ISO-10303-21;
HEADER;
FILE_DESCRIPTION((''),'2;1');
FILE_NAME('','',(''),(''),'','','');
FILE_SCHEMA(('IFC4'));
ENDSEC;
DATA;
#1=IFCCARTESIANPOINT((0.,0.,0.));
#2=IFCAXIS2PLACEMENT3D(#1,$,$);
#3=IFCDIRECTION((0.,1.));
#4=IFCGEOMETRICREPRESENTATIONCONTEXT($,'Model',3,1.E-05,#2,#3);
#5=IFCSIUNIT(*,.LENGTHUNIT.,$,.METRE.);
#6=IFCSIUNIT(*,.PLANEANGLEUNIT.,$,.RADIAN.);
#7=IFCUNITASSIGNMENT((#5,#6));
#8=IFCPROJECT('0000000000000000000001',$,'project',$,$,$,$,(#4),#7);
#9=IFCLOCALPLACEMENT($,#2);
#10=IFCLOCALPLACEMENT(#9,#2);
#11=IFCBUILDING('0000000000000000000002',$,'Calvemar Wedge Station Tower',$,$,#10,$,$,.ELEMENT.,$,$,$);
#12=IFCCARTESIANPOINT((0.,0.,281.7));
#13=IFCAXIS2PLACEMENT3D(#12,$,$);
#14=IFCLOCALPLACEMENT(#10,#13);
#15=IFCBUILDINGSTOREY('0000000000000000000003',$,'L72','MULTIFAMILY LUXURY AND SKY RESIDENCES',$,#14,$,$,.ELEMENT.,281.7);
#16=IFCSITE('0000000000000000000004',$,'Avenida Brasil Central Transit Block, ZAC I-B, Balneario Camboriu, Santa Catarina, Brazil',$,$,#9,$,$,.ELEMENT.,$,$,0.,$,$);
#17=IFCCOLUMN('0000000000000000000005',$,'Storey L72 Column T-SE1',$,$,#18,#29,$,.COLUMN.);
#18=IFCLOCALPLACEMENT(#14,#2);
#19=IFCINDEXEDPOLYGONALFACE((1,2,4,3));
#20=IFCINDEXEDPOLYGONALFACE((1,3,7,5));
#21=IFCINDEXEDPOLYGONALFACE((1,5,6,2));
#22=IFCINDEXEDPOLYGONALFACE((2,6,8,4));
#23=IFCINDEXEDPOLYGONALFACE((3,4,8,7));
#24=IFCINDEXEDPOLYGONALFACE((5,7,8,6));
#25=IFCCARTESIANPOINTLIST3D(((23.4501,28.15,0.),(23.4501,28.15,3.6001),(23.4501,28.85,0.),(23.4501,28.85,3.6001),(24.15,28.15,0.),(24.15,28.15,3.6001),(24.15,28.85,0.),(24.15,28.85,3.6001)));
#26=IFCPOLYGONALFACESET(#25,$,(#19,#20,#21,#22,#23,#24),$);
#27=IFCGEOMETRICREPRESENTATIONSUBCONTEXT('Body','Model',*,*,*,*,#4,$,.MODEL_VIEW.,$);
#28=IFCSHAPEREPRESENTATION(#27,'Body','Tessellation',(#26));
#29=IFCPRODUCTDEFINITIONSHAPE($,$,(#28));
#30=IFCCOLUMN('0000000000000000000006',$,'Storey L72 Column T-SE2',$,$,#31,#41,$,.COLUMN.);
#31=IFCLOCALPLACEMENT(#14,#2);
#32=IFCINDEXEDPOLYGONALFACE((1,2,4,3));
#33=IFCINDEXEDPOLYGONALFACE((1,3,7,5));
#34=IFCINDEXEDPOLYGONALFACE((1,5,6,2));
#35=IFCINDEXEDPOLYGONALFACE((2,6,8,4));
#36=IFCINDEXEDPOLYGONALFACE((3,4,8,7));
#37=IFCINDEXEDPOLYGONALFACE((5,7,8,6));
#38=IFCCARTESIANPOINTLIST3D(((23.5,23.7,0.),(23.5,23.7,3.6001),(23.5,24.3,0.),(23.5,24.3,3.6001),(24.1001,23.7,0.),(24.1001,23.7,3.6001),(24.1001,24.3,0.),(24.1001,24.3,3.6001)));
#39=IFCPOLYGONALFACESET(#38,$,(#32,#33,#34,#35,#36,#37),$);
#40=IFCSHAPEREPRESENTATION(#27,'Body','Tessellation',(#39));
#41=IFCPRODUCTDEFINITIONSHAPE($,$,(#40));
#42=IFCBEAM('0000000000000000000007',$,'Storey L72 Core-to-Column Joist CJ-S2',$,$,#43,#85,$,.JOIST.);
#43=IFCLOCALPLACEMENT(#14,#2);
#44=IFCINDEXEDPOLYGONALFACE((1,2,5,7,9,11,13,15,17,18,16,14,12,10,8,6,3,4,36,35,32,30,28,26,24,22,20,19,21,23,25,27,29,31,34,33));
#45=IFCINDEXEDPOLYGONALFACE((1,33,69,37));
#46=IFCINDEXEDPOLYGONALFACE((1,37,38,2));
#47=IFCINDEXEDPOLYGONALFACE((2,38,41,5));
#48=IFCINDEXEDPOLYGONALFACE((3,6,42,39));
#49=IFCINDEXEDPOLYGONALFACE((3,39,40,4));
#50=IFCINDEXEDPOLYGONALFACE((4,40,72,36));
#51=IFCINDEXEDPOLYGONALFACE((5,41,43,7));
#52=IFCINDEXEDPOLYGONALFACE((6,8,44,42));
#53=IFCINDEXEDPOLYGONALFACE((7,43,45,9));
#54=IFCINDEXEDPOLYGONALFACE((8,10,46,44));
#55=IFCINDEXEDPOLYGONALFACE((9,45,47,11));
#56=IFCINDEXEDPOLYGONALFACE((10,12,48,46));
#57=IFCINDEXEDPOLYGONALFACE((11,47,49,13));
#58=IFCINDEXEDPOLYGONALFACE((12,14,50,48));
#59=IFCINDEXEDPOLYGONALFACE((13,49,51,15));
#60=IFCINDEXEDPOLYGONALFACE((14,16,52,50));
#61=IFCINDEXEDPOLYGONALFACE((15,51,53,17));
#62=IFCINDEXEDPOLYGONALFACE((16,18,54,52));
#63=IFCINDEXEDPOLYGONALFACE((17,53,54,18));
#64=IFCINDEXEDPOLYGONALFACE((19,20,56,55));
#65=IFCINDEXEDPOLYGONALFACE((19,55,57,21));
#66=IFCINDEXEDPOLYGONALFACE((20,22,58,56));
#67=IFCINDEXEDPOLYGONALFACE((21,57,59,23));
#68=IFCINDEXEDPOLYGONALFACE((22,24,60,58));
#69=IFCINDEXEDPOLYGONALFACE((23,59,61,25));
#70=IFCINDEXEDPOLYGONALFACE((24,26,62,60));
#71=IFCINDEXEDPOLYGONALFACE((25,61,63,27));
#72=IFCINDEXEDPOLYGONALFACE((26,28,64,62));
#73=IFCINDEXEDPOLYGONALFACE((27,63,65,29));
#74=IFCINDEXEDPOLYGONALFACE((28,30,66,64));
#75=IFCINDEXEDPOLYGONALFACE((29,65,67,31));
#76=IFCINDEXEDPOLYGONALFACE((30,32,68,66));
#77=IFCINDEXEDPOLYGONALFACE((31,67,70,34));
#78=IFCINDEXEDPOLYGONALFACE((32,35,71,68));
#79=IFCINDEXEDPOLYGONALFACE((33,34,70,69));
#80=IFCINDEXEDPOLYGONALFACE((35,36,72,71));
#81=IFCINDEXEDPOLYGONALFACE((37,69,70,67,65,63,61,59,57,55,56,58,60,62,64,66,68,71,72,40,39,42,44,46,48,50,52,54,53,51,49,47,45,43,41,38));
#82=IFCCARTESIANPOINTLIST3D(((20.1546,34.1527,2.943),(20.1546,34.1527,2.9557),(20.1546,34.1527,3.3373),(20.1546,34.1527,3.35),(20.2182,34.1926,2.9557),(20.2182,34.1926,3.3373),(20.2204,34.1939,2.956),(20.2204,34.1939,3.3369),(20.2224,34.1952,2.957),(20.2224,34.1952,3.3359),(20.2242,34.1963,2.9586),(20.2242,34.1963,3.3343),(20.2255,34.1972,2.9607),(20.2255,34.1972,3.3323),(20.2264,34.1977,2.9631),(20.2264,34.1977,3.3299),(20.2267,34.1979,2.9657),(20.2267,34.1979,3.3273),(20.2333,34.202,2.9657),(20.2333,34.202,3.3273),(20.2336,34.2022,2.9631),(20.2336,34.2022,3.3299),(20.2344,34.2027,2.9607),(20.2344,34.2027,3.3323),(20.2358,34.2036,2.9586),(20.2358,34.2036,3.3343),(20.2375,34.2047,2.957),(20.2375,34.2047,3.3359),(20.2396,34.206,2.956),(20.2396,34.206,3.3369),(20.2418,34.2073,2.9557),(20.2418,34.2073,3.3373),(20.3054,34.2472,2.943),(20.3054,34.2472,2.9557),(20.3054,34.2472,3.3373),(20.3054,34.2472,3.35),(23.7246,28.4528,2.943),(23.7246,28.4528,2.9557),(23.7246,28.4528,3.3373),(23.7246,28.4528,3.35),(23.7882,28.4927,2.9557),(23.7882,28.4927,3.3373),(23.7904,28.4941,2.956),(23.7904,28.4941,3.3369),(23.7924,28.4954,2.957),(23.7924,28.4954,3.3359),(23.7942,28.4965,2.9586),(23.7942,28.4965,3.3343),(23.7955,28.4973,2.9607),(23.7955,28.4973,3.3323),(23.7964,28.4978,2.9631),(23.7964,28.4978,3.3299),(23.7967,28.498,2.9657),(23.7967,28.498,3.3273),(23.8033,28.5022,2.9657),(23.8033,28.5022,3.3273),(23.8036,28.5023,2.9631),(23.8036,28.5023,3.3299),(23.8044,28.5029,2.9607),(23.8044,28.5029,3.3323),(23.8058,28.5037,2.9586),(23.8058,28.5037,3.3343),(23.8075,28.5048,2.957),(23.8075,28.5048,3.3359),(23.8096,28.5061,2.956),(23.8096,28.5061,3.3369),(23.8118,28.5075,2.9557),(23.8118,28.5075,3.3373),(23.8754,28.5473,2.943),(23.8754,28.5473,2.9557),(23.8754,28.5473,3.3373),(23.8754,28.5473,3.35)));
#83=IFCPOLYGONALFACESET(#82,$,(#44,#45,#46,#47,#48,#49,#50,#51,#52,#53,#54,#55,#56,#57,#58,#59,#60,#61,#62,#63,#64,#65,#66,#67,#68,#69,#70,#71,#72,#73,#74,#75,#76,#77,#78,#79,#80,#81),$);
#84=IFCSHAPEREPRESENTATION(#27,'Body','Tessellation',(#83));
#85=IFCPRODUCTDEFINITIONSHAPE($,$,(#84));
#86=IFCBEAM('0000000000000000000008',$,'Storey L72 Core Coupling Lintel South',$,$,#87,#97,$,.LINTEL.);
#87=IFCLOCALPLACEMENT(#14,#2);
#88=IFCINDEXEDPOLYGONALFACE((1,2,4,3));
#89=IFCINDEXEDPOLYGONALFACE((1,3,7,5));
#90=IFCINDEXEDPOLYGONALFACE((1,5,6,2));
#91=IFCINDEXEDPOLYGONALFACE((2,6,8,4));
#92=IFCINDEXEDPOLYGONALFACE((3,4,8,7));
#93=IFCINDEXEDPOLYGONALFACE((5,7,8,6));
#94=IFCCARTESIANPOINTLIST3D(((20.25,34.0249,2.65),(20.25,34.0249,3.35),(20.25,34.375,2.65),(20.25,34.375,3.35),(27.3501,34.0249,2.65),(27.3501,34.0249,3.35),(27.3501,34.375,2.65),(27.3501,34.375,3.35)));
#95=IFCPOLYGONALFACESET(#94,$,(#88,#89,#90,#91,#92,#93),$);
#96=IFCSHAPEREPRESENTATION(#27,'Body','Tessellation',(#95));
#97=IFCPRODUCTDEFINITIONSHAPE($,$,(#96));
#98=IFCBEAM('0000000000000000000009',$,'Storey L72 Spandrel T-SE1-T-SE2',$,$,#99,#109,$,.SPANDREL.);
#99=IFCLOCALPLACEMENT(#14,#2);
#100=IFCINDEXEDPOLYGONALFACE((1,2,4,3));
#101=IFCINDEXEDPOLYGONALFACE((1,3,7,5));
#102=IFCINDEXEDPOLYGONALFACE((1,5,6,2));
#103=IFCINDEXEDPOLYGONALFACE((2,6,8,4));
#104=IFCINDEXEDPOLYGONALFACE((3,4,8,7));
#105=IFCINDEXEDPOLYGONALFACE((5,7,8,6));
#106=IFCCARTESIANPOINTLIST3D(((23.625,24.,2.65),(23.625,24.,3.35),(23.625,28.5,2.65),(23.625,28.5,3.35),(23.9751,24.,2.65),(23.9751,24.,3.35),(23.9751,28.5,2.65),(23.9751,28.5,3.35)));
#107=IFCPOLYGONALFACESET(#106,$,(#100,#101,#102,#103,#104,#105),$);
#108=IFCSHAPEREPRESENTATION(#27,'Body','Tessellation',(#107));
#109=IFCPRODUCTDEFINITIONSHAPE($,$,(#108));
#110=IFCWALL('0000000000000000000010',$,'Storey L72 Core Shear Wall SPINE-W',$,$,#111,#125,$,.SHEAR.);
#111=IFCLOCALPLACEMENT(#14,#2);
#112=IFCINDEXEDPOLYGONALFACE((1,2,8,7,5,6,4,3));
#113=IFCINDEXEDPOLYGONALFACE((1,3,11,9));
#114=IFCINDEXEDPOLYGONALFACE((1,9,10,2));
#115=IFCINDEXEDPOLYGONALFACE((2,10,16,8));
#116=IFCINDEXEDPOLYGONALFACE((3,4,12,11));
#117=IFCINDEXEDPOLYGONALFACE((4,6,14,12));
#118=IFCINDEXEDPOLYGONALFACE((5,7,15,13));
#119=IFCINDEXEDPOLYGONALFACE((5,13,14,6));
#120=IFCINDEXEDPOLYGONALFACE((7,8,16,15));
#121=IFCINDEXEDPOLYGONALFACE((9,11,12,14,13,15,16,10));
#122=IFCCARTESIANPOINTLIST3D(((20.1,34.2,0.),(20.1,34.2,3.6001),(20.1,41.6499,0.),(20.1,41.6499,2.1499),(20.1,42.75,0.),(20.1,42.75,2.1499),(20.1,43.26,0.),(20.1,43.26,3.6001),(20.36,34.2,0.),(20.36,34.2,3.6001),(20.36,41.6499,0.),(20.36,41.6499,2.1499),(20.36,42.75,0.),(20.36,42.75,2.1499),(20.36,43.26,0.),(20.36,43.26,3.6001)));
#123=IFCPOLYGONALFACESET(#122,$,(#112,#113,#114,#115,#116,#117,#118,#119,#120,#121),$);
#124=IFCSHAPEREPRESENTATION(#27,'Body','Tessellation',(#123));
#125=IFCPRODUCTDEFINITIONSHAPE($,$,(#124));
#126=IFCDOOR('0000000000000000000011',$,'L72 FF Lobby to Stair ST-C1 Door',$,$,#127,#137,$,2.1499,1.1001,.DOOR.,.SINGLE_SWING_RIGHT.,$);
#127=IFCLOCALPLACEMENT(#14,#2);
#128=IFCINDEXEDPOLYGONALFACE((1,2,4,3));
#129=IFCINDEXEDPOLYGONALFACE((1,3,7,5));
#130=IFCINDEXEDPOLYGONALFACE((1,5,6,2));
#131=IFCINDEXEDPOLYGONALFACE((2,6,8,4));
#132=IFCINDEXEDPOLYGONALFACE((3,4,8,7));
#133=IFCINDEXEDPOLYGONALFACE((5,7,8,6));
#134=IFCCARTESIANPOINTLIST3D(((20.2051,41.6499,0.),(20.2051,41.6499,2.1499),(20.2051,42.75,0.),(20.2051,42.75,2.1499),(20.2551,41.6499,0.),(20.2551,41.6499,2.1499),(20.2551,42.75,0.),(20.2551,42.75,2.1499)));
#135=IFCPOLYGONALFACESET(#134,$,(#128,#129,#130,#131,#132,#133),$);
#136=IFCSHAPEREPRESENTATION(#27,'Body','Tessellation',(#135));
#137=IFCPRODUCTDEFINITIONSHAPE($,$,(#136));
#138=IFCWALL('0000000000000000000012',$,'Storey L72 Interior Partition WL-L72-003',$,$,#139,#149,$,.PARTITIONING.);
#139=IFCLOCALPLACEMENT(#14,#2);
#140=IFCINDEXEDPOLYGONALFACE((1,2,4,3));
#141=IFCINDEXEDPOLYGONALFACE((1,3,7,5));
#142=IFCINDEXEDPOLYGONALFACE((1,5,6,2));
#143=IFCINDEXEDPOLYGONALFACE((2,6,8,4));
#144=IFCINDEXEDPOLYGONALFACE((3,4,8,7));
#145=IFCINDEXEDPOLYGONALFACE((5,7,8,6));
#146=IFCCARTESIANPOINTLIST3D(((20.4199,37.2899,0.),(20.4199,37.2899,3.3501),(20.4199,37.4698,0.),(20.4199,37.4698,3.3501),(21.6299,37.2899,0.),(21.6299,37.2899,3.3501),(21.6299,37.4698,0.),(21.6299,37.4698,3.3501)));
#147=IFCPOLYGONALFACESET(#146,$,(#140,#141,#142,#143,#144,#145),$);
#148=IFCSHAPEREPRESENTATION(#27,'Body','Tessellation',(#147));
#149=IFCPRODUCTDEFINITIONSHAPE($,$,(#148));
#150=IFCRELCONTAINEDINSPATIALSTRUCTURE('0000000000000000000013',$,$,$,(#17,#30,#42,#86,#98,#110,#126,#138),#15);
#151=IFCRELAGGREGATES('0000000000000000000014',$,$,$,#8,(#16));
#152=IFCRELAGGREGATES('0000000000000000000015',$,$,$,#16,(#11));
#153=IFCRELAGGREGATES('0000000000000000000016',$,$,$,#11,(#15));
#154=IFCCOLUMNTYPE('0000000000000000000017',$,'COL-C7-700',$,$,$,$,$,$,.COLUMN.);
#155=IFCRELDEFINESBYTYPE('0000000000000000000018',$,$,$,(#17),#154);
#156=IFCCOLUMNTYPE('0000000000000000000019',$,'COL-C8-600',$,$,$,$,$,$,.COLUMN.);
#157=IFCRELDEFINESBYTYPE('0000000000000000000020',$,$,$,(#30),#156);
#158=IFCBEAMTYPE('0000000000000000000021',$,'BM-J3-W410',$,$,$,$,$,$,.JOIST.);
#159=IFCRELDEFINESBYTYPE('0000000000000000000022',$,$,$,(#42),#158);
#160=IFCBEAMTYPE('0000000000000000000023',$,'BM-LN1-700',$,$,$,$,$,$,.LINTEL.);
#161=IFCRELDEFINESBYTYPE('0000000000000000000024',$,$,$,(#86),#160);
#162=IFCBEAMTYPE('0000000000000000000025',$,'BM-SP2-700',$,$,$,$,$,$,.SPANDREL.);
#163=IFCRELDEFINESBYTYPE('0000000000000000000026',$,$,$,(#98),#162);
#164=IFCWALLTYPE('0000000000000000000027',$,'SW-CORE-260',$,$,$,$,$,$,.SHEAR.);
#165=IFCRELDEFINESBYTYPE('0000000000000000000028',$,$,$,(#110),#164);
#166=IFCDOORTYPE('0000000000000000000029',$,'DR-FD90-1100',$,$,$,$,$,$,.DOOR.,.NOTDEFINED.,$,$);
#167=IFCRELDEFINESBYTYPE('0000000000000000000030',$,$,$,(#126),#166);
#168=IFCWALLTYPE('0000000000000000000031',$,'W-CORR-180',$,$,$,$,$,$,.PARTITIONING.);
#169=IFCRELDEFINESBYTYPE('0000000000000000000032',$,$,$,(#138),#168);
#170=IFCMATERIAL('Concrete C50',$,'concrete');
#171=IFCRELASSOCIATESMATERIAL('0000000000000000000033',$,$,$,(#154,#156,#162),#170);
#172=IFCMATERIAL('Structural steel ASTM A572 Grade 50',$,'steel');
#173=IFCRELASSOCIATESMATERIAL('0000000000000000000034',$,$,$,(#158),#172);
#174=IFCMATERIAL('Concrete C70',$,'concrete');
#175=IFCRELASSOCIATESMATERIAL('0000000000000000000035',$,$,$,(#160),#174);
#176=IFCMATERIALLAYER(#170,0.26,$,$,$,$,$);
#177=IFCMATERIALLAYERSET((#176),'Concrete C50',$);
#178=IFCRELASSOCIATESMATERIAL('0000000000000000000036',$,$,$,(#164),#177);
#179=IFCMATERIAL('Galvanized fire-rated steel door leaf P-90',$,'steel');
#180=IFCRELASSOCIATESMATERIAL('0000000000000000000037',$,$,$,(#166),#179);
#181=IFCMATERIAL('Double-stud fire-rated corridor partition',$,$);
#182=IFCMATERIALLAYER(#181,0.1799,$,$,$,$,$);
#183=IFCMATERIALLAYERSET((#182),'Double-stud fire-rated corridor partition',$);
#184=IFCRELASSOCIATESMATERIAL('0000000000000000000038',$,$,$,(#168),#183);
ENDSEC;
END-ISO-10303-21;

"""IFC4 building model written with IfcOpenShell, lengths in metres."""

from ifc_helpers import new_model, si_unit, direction, frame, frame_2d, origin, origin_2d, place, context, subcontext, project, spatial, rectangle, i_section, extrude, source, transform, mapped, material, layer, layer_set, material_profile, profile_set, type_object, element, fill, save


model = new_model("IFC4")

# Units and contexts
model_context = context("Model", 3, precision=1e-05, world=origin(), true_north=direction((0.0, 1.0)))
body_context = subcontext(model_context, "Body", "Model", "MODEL_VIEW")
ifc_project = project(units=[si_unit("LENGTHUNIT", "METRE"), si_unit("PLANEANGLEUNIT", "RADIAN")], contexts=[model_context])

# Site, building, storey
site_placement = place(None, origin())
site = spatial("IfcSite", under=ifc_project, at=site_placement, Name="Avenida Brasil Central Transit Block, ZAC I-B, Balneario Camboriu, Santa Catarina, Brazil", CompositionType="ELEMENT", RefElevation=0.0)
building_placement = place(site_placement, origin())
building = spatial("IfcBuilding", under=site, at=building_placement, Name="Calvemar Wedge Station Tower", CompositionType="ELEMENT")
storey_placement = place(building_placement, frame((0.0, 0.0, 281.7)))
storey = spatial("IfcBuildingStorey", under=building, at=storey_placement, Name="L72", Description="MULTIFAMILY LUXURY AND SKY RESIDENCES", CompositionType="ELEMENT", Elevation=281.7)

# Columns
ifc_material_1 = material(Name="Concrete C50", Category="concrete")
ifc_material_profile_1 = material_profile(ifc_material_1, rectangle(XDim=0.7, YDim=0.7, at=origin_2d()), Name="RC700x700")
ifc_profile_set_1 = profile_set([ifc_material_profile_1], Name="Concrete C50")
column_type_1 = type_object("IfcColumnType", Name="COL-C7-700", PredefinedType="COLUMN", material=ifc_profile_set_1)
shared_shape_1 = source(origin(), body_context, "Body", "SweptSolid", [
    extrude(rectangle(XDim=0.7, YDim=0.7, at=origin_2d()), origin(), (0.0, 0.0, 1.0), 3.6001),
])
column_1_placement = place(storey_placement, frame((23.8, 28.5, 0.0), z_axis=(0.0, 0.0, 1.0), x_axis=(1.0, 0.0, 0.0)))
element("IfcColumn", 1, at=column_1_placement, inside=storey, type_object=column_type_1, Name="Storey L72 Column T-SE1", PredefinedType="COLUMN", context=body_context, shape_type="MappedRepresentation", body=[
    mapped(shared_shape_1, transform((0.0, 0.0, 0.0), scale=1.0)),
])
ifc_material_profile_2 = material_profile(ifc_material_1, rectangle(XDim=0.6001, YDim=0.6001, at=origin_2d()), Name="RC600x600")
ifc_profile_set_2 = profile_set([ifc_material_profile_2], Name="Concrete C50")
column_type_2 = type_object("IfcColumnType", Name="COL-C8-600", PredefinedType="COLUMN", material=ifc_profile_set_2)
shared_shape_2 = source(origin(), body_context, "Body", "SweptSolid", [
    extrude(rectangle(XDim=0.6001, YDim=0.6001, at=origin_2d()), origin(), (0.0, 0.0, 1.0), 3.6001),
])
column_2_placement = place(storey_placement, frame((23.8, 24.0, 0.0), z_axis=(0.0, 0.0, 1.0), x_axis=(1.0, 0.0, 0.0)))
element("IfcColumn", 2, at=column_2_placement, inside=storey, type_object=column_type_2, Name="Storey L72 Column T-SE2", PredefinedType="COLUMN", context=body_context, shape_type="MappedRepresentation", body=[
    mapped(shared_shape_2, transform((0.0, 0.0, 0.0), scale=1.0)),
])

# Beams
ifc_material_2 = material(Name="Structural steel ASTM A572 Grade 50", Category="steel")
ifc_material_profile_3 = material_profile(ifc_material_2, i_section(OverallWidth=0.178, OverallDepth=0.407, WebThickness=0.0078, FlangeThickness=0.0127, FilletRadius=0.01, at=origin_2d()), Name="W410x60")
ifc_profile_set_3 = profile_set([ifc_material_profile_3], Name="Structural steel ASTM A572 Grade 50")
beam_type_1 = type_object("IfcBeamType", Name="BM-J3-W410", PredefinedType="JOIST", material=ifc_profile_set_3)
shared_shape_3 = source(origin(), body_context, "Body", "SweptSolid", [
    extrude(i_section(OverallWidth=0.178, OverallDepth=0.407, WebThickness=0.0078, FlangeThickness=0.0127, FilletRadius=0.01, at=origin_2d()), origin(), (0.0, 0.0, 1.0), 6.7256),
])
beam_1_placement = place(storey_placement, frame((20.23, 34.2, 3.1465), z_axis=(0.530811, -0.84749, 0.0), x_axis=(0.84749, 0.530811, 0.0)))
element("IfcBeam", 3, at=beam_1_placement, inside=storey, type_object=beam_type_1, Name="Storey L72 Core-to-Column Joist CJ-S2", PredefinedType="JOIST", context=body_context, shape_type="MappedRepresentation", body=[
    mapped(shared_shape_3, transform((0.0, 0.0, 0.0), scale=1.0)),
])
ifc_material_3 = material(Name="Concrete C70", Category="concrete")
ifc_material_profile_4 = material_profile(ifc_material_3, rectangle(XDim=0.3501, YDim=0.7, at=origin_2d()), Name="RC350x700")
ifc_profile_set_4 = profile_set([ifc_material_profile_4], Name="Concrete C70")
beam_type_2 = type_object("IfcBeamType", Name="BM-LN1-700", PredefinedType="LINTEL", material=ifc_profile_set_4)
shared_shape_4 = source(origin(), body_context, "Body", "SweptSolid", [
    extrude(rectangle(XDim=0.3501, YDim=0.7, at=origin_2d()), origin(), (0.0, 0.0, 1.0), 7.1001),
])
beam_2_placement = place(storey_placement, frame((20.25, 34.2, 3.0), z_axis=(1.0, 0.0, 0.0), x_axis=(0.0, 1.0, 0.0)))
element("IfcBeam", 4, at=beam_2_placement, inside=storey, type_object=beam_type_2, Name="Storey L72 Core Coupling Lintel South", PredefinedType="LINTEL", context=body_context, shape_type="MappedRepresentation", body=[
    mapped(shared_shape_4, transform((0.0, 0.0, 0.0), scale=1.0)),
])
ifc_material_profile_5 = material_profile(ifc_material_1, rectangle(XDim=0.3501, YDim=0.7, at=origin_2d()), Name="RC350x700")
ifc_profile_set_5 = profile_set([ifc_material_profile_5], Name="Concrete C50")
beam_type_3 = type_object("IfcBeamType", Name="BM-SP2-700", PredefinedType="SPANDREL", material=ifc_profile_set_5)
shared_shape_5 = source(origin(), body_context, "Body", "SweptSolid", [
    extrude(rectangle(XDim=0.3501, YDim=0.7, at=origin_2d()), origin(), (0.0, 0.0, 1.0), 4.5),
])
beam_3_placement = place(storey_placement, frame((23.8, 28.5, 3.0), z_axis=(0.0, -1.0, 0.0), x_axis=(1.0, 0.0, 0.0)))
element("IfcBeam", 5, at=beam_3_placement, inside=storey, type_object=beam_type_3, Name="Storey L72 Spandrel T-SE1-T-SE2", PredefinedType="SPANDREL", context=body_context, shape_type="MappedRepresentation", body=[
    mapped(shared_shape_5, transform((0.0, 0.0, 0.0), scale=1.0)),
])

# Wall, opening, door
ifc_layer_1 = layer(ifc_material_1, 0.26)
ifc_layer_set_1 = layer_set([ifc_layer_1], Name="Concrete C50")
wall_type_1 = type_object("IfcWallType", Name="SW-CORE-260", PredefinedType="SHEAR", material=ifc_layer_set_1)
wall_1_placement = place(storey_placement, frame((20.23, 34.2, 0.0), z_axis=(0.0, 0.0, 1.0), x_axis=(0.0, 1.0, 0.0)))
wall_1 = element("IfcWall", 6, at=wall_1_placement, inside=storey, type_object=wall_type_1, Name="Storey L72 Core Shear Wall SPINE-W", PredefinedType="SHEAR", context=body_context, shape_type="SweptSolid", body=[
    extrude(rectangle(XDim=9.0601, YDim=0.26, at=frame_2d((4.53, 0.0))), origin(), (0.0, 0.0, 1.0), 3.6001),
])
shared_shape_6 = source(origin(), body_context, "Body", "SweptSolid", [
    extrude(rectangle(XDim=1.1001, YDim=2.1499, at=frame_2d((0.55, 1.075))), frame((0.0, 0.1401, 0.0), z_axis=(0.0, -1.0, 0.0), x_axis=(1.0, 0.0, 0.0)), (0.0, 0.0, 1.0), 0.28),
])
opening_1_placement = place(wall_1_placement, frame((7.45, 0.0, 0.0)))
opening_1 = element("IfcOpeningElement", 7, at=opening_1_placement, cuts=wall_1, PredefinedType="OPENING", context=body_context, shape_type="MappedRepresentation", body=[
    mapped(shared_shape_6, transform((0.0, 0.0, 0.0), scale=1.0)),
])
ifc_material_4 = material(Name="Galvanized fire-rated steel door leaf P-90", Category="steel")
door_type_1 = type_object("IfcDoorType", Name="DR-FD90-1100", OperationType="NOTDEFINED", PredefinedType="DOOR", material=ifc_material_4)
shared_shape_7 = source(origin(), body_context, "Body", "SweptSolid", [
    extrude(rectangle(XDim=1.1001, YDim=2.1499, at=frame_2d((0.55, 1.075))), frame((0.0, 0.0249, 0.0), z_axis=(0.0, -1.0, 0.0), x_axis=(1.0, 0.0, 0.0)), (0.0, 0.0, 1.0), 0.05),
])
door_1_placement = place(opening_1_placement, origin())
door_1 = element("IfcDoor", 8, at=door_1_placement, inside=storey, type_object=door_type_1, Name="L72 FF Lobby to Stair ST-C1 Door", OperationType="SINGLE_SWING_RIGHT", OverallHeight=2.1499, OverallWidth=1.1001, PredefinedType="DOOR", context=body_context, shape_type="MappedRepresentation", body=[
    mapped(shared_shape_7, transform((0.0, 0.0, 0.0), scale=1.0)),
])
fill(opening_1, door_1)

# Wall
ifc_material_5 = material(Name="Double-stud fire-rated corridor partition")
ifc_layer_2 = layer(ifc_material_5, 0.1799)
ifc_layer_set_2 = layer_set([ifc_layer_2], Name="Double-stud fire-rated corridor partition")
wall_type_2 = type_object("IfcWallType", Name="W-CORR-180", PredefinedType="PARTITIONING", material=ifc_layer_set_2)
wall_2_placement = place(storey_placement, frame((21.6299, 37.3799, 0.0), z_axis=(0.0, 0.0, 1.0), x_axis=(-1.0, 0.0, 0.0)))
element("IfcWall", 9, at=wall_2_placement, inside=storey, type_object=wall_type_2, Name="Storey L72 Interior Partition WL-L72-003", PredefinedType="PARTITIONING", context=body_context, shape_type="SweptSolid", body=[
    extrude(rectangle(XDim=1.21, YDim=0.1799, at=frame_2d((0.605, 0.0))), origin(), (0.0, 0.0, 1.0), 3.3501),
])

save(model, "model.ifc")
